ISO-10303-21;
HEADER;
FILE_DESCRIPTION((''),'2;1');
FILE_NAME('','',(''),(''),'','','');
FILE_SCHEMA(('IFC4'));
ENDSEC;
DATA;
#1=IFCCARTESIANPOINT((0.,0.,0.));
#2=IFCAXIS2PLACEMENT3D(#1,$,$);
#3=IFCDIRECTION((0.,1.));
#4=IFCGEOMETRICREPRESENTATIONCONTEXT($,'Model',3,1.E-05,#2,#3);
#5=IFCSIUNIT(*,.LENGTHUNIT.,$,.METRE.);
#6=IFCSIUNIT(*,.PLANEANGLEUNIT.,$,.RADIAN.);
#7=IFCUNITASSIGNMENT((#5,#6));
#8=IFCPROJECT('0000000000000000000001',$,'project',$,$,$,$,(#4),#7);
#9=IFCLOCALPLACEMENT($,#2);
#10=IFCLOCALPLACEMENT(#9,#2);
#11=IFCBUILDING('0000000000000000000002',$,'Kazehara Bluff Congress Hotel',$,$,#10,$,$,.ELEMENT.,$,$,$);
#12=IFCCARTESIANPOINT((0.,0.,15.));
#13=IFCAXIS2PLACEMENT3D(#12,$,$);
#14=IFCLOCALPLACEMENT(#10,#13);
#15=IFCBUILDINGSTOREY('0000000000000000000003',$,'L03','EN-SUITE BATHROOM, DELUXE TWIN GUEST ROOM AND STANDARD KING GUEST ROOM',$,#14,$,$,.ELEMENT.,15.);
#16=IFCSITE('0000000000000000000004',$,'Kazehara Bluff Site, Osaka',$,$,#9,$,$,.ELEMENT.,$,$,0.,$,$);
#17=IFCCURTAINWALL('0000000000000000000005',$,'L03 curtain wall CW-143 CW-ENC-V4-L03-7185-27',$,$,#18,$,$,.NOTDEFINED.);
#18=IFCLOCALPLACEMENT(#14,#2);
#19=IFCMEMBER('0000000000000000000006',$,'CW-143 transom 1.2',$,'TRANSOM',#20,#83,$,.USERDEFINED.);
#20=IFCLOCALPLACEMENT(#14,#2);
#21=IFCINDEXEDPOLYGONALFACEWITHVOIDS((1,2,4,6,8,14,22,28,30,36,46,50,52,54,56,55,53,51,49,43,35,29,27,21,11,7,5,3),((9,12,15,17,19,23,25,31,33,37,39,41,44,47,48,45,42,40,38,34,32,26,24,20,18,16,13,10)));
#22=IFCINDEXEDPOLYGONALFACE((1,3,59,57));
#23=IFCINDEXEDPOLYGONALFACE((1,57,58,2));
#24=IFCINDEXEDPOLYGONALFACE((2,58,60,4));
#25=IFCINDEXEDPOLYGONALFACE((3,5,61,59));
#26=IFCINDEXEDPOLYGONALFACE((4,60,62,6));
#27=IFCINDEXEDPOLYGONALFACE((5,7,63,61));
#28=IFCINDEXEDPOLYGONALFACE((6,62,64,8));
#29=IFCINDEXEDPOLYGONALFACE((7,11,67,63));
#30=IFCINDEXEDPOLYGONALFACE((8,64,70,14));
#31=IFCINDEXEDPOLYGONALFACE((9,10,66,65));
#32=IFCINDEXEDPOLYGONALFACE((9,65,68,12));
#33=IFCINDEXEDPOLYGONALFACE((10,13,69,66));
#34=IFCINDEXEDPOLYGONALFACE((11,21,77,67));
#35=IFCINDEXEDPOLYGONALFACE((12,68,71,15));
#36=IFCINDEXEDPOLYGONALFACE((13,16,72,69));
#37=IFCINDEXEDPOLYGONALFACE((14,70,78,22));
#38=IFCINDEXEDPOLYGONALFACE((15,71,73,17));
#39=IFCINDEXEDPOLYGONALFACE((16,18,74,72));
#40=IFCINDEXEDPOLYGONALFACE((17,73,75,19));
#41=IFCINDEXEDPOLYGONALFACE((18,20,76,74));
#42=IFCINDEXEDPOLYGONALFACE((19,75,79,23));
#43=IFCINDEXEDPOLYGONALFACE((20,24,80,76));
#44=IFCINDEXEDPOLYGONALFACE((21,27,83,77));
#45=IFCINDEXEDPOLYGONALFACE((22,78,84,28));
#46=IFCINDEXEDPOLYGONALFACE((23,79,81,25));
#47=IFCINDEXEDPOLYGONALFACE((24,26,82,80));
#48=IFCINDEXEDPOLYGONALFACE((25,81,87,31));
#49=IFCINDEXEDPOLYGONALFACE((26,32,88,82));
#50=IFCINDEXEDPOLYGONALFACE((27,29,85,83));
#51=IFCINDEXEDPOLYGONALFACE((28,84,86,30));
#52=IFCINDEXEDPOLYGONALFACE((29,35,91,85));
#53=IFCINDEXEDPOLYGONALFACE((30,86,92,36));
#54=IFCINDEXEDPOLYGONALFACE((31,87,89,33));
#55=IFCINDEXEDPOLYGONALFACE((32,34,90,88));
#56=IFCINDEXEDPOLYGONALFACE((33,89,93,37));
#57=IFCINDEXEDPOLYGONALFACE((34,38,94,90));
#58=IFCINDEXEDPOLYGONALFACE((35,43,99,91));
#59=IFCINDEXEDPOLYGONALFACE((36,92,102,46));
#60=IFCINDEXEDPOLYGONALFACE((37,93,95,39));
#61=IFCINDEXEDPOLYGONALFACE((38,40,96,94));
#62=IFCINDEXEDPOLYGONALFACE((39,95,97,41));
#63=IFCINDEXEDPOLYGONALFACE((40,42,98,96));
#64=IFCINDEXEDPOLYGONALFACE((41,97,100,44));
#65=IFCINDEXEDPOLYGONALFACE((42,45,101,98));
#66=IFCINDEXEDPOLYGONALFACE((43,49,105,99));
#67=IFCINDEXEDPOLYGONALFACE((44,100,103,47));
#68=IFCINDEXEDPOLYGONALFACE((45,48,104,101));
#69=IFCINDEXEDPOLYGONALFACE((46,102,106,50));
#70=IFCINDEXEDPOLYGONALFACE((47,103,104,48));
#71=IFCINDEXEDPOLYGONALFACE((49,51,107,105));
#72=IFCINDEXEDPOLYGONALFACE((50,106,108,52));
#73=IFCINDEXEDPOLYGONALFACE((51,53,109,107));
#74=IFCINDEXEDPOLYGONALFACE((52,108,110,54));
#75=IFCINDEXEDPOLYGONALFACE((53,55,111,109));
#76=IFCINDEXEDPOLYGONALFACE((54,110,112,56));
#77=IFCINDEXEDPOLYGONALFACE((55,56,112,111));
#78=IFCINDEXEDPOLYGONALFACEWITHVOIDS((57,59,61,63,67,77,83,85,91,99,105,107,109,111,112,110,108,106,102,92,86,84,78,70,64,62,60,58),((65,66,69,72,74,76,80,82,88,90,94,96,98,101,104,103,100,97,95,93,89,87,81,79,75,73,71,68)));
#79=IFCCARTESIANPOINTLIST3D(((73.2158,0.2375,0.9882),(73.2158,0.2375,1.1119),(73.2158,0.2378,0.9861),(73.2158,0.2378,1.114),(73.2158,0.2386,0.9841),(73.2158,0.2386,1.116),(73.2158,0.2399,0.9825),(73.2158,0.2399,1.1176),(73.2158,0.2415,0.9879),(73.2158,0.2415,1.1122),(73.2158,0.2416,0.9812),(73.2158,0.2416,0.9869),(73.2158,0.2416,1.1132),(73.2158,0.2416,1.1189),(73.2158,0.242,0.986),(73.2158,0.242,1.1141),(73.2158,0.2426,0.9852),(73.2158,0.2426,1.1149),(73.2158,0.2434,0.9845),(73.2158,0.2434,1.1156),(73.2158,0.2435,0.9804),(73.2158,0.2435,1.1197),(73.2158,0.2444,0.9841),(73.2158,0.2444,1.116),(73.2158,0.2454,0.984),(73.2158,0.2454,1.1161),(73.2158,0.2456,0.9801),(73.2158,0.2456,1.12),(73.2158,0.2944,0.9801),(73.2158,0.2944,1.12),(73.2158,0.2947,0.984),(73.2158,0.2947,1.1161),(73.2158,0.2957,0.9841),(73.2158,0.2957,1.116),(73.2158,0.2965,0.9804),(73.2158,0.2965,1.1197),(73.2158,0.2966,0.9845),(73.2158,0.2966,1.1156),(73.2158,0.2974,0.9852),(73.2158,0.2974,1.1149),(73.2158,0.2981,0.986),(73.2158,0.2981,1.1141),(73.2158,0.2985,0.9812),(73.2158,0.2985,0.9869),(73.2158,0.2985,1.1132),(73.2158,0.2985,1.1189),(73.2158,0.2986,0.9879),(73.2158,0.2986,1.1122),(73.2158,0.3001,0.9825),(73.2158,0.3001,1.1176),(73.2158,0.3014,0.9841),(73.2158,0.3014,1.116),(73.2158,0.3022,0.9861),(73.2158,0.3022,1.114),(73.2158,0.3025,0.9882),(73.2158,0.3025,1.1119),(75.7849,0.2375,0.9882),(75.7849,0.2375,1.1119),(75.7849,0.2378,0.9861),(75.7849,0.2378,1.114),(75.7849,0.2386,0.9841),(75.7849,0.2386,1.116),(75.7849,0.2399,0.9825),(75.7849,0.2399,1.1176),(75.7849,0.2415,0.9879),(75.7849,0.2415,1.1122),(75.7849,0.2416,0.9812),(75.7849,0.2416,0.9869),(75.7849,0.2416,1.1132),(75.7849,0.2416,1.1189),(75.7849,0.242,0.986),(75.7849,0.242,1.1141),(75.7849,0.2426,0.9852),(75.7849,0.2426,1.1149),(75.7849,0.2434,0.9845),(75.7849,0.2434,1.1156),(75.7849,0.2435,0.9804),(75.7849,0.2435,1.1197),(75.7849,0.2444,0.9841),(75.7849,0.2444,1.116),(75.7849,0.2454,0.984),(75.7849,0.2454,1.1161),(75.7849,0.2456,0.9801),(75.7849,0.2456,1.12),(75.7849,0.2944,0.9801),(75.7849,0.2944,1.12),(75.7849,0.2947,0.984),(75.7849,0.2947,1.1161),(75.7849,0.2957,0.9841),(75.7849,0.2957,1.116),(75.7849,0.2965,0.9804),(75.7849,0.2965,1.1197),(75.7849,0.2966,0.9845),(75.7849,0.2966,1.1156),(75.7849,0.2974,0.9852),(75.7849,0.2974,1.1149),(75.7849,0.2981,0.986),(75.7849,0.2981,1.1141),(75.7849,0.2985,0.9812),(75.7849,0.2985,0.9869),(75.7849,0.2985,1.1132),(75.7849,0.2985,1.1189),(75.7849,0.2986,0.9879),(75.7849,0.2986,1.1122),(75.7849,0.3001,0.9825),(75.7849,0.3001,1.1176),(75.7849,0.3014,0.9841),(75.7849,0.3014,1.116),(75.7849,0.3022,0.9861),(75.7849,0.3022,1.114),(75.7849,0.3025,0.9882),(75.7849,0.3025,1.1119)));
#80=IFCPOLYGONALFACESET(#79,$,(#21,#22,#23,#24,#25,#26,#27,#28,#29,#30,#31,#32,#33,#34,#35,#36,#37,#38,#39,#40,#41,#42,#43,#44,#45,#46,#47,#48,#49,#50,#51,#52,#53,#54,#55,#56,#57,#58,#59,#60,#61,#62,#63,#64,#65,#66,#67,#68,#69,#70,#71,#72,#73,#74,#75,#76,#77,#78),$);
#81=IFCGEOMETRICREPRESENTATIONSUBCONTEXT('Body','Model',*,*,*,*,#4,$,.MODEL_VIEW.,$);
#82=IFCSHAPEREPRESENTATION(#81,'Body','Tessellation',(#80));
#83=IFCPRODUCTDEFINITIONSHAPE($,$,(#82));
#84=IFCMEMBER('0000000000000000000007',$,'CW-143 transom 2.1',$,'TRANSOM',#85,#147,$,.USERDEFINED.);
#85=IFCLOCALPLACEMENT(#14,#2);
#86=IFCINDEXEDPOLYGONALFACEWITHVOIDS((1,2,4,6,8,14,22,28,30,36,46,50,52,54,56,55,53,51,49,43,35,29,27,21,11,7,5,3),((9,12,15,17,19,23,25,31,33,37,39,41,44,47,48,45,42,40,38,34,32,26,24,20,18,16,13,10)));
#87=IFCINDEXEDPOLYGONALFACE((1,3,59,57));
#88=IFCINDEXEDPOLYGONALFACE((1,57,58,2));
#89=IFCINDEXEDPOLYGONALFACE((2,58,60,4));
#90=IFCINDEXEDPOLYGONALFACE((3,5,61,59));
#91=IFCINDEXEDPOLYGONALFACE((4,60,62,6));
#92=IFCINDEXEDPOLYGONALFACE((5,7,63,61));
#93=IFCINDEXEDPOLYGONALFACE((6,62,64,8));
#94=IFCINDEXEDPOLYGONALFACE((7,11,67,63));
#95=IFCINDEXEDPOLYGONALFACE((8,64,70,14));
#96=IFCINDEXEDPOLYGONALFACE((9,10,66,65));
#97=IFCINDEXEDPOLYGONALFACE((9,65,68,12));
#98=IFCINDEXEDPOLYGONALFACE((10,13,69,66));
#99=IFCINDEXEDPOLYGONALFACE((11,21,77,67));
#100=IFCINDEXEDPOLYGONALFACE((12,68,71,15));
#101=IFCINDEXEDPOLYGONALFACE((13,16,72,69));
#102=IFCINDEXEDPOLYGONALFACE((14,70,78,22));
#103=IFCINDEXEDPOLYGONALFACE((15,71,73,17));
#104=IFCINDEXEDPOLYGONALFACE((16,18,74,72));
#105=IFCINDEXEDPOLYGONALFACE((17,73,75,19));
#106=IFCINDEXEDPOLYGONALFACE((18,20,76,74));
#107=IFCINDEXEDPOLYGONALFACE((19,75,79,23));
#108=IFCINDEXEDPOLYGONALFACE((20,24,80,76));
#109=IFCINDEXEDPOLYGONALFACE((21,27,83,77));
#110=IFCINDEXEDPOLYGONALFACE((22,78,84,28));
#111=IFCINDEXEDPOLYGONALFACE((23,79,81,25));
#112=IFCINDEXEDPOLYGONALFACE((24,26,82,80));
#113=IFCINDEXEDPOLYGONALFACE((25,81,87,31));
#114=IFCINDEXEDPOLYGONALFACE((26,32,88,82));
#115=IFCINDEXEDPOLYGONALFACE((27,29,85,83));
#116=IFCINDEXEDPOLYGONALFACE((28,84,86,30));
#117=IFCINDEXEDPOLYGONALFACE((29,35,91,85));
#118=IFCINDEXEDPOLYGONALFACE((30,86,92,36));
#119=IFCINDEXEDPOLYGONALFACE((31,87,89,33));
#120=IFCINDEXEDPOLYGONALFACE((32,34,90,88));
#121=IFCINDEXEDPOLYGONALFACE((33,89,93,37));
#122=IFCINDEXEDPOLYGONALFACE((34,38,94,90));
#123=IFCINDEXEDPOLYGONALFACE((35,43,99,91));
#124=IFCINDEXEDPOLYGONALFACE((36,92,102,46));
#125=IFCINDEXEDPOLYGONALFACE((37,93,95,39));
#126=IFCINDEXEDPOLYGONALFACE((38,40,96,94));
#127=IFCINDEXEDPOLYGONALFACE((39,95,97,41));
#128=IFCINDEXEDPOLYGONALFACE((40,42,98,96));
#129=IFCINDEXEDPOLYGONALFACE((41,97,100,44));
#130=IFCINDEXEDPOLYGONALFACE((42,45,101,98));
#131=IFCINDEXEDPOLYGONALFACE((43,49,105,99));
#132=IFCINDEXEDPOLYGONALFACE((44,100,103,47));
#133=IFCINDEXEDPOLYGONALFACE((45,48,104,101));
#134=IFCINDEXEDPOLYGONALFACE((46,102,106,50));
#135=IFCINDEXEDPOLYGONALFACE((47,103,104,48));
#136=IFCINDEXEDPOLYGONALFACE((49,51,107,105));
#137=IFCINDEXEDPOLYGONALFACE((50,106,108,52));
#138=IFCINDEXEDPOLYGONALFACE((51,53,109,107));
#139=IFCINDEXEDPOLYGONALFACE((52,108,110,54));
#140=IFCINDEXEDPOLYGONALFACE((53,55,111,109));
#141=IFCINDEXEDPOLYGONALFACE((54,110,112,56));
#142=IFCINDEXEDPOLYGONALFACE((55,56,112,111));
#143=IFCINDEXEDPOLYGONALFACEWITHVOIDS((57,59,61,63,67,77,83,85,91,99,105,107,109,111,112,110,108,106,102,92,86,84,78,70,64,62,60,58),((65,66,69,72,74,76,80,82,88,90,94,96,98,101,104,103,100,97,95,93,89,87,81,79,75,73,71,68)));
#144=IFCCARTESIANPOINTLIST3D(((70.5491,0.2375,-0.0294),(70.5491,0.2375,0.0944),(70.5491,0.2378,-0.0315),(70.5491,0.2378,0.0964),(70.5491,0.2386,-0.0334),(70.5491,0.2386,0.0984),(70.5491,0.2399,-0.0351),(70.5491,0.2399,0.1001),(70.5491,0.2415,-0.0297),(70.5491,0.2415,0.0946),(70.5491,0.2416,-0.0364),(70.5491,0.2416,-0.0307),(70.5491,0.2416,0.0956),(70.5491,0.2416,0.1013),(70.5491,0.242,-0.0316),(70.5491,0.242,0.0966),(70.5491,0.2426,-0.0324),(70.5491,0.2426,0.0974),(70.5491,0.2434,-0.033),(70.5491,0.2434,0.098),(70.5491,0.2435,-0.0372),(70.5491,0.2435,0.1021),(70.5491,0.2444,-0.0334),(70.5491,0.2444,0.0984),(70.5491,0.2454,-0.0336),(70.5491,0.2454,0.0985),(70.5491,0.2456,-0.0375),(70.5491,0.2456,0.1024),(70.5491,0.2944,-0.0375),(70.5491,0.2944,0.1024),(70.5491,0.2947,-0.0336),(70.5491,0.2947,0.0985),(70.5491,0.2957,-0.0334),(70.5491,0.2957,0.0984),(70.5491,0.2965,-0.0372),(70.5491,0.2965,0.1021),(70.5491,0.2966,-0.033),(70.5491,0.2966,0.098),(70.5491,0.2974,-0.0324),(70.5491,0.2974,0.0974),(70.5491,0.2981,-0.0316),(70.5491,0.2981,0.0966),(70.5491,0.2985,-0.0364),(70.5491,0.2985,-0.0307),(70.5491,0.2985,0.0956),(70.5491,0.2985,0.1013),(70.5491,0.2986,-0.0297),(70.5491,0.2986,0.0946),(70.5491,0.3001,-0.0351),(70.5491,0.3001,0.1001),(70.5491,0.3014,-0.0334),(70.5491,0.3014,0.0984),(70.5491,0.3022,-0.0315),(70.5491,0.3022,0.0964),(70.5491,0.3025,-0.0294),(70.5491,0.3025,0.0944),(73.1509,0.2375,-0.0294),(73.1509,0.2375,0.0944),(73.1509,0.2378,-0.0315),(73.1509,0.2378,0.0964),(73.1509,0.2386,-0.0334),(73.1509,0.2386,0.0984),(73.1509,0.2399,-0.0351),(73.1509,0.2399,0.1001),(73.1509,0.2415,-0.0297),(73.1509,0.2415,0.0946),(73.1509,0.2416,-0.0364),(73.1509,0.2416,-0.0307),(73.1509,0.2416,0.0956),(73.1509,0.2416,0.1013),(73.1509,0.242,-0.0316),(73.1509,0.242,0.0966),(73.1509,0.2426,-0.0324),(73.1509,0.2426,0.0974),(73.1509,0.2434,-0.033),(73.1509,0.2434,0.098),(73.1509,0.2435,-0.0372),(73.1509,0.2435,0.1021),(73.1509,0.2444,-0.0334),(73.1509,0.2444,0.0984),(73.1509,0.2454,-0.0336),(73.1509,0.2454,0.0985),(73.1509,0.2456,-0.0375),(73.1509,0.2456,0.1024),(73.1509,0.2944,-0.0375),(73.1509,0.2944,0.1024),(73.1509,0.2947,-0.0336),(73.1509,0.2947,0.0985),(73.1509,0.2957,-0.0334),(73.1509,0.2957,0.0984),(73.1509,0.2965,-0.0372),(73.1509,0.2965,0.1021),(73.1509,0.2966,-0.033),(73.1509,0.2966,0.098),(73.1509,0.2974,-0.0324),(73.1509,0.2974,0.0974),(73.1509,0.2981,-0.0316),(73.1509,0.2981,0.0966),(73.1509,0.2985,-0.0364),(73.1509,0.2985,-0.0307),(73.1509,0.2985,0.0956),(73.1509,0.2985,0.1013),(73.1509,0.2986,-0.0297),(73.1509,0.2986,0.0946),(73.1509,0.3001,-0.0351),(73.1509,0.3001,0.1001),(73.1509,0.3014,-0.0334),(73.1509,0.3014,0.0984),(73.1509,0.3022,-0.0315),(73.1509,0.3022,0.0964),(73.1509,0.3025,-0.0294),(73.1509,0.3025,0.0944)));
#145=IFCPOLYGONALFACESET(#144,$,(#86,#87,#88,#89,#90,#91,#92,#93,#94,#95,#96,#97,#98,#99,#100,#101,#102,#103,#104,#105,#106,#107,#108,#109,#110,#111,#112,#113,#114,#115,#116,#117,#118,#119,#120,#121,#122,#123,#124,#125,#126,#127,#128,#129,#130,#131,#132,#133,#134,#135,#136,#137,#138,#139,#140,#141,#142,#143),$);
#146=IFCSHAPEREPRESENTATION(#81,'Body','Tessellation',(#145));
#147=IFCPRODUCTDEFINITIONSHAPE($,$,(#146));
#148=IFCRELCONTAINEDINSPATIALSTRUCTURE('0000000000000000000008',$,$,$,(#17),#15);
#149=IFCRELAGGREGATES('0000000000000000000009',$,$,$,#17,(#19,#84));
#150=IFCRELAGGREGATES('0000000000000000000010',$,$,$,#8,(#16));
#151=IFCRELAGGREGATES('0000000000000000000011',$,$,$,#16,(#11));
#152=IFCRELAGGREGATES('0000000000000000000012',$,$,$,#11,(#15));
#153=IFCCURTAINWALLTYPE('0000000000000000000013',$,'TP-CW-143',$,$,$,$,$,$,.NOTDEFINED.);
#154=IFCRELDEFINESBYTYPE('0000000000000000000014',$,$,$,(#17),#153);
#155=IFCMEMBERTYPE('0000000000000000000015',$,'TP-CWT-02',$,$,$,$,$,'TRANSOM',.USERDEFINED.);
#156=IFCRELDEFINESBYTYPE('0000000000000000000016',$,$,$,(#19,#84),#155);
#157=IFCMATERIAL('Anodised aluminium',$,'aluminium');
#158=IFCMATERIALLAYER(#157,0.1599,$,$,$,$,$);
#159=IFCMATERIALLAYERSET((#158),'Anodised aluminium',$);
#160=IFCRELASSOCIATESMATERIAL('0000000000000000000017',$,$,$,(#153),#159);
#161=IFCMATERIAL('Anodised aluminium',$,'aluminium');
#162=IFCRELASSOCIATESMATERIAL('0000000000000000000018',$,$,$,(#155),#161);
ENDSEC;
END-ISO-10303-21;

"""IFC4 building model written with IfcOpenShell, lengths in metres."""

from ifc_helpers import new_model, si_unit, direction, frame, origin, origin_2d, place, context, subcontext, project, spatial, hollow_rectangle, extrude, material, layer, layer_set, material_profile, profile_set, type_object, element, aggregate, save


model = new_model("IFC4")

# Units and contexts
model_context = context("Model", 3, precision=1e-05, world=origin(), true_north=direction((0.0, 1.0)))
body_context = subcontext(model_context, "Body", "Model", "MODEL_VIEW")
ifc_project = project(units=[si_unit("LENGTHUNIT", "METRE"), si_unit("PLANEANGLEUNIT", "RADIAN")], contexts=[model_context])

# Site, building, storey
site_placement = place(None, origin())
site = spatial("IfcSite", under=ifc_project, at=site_placement, Name="Kazehara Bluff Site, Osaka", CompositionType="ELEMENT", RefElevation=0.0)
building_placement = place(site_placement, origin())
building = spatial("IfcBuilding", under=site, at=building_placement, Name="Kazehara Bluff Congress Hotel", CompositionType="ELEMENT")
storey_placement = place(building_placement, frame((0.0, 0.0, 15.0)))
storey = spatial("IfcBuildingStorey", under=building, at=storey_placement, Name="L03", Description="EN-SUITE BATHROOM, DELUXE TWIN GUEST ROOM AND STANDARD KING GUEST ROOM", CompositionType="ELEMENT", Elevation=15.0)

# Curtain wall
ifc_material_1 = material(Name="Anodised aluminium", Category="aluminium")
ifc_layer_1 = layer(ifc_material_1, 0.1599)
ifc_layer_set_1 = layer_set([ifc_layer_1], Name="Anodised aluminium")
curtain_wall_type_1 = type_object("IfcCurtainWallType", Name="TP-CW-143", PredefinedType="NOTDEFINED", material=ifc_layer_set_1)
curtain_wall_1_placement = place(storey_placement, origin())
curtain_wall_1 = element("IfcCurtainWall", 1, at=curtain_wall_1_placement, inside=storey, type_object=curtain_wall_type_1, Name="L03 curtain wall CW-143 CW-ENC-V4-L03-7185-27", PredefinedType="NOTDEFINED")

# Members
ifc_material_2 = material(Name="Anodised aluminium", Category="aluminium")
ifc_material_profile_1 = material_profile(ifc_material_2, hollow_rectangle(XDim=0.0649, YDim=0.1399, WallThickness=0.0039, InnerFilletRadius=0.0039, OuterFilletRadius=0.0081, at=origin_2d()))
ifc_profile_set_1 = profile_set([ifc_material_profile_1], Name="Anodised aluminium")
member_type_1 = type_object("IfcMemberType", Name="TP-CWT-02", ElementType="TRANSOM", PredefinedType="USERDEFINED", material=ifc_profile_set_1)
member_1_placement = place(storey_placement, frame((75.7849, 0.27, 1.05), z_axis=(-1.0, 0.0, 0.0), x_axis=(0.0, -1.0, 0.0)))
member_1 = element("IfcMember", 2, at=member_1_placement, type_object=member_type_1, Name="CW-143 transom 1.2", ObjectType="TRANSOM", PredefinedType="USERDEFINED", context=body_context, shape_type="SweptSolid", body=[
    extrude(hollow_rectangle(XDim=0.0649, YDim=0.1399, WallThickness=0.0039, InnerFilletRadius=0.0039, OuterFilletRadius=0.0081, at=origin_2d()), origin(), (0.0, 0.0, 1.0), 2.5691),
])
member_2_placement = place(storey_placement, frame((73.1509, 0.27, 0.0325), z_axis=(-1.0, 0.0, 0.0), x_axis=(0.0, -1.0, 0.0)))
member_2 = element("IfcMember", 3, at=member_2_placement, type_object=member_type_1, Name="CW-143 transom 2.1", ObjectType="TRANSOM", PredefinedType="USERDEFINED", context=body_context, shape_type="SweptSolid", body=[
    extrude(hollow_rectangle(XDim=0.0649, YDim=0.1399, WallThickness=0.0039, InnerFilletRadius=0.0039, OuterFilletRadius=0.0081, at=origin_2d()), origin(), (0.0, 0.0, 1.0), 2.6018),
])

aggregate(curtain_wall_1, [member_1, member_2])

save(model, "model.ifc")
